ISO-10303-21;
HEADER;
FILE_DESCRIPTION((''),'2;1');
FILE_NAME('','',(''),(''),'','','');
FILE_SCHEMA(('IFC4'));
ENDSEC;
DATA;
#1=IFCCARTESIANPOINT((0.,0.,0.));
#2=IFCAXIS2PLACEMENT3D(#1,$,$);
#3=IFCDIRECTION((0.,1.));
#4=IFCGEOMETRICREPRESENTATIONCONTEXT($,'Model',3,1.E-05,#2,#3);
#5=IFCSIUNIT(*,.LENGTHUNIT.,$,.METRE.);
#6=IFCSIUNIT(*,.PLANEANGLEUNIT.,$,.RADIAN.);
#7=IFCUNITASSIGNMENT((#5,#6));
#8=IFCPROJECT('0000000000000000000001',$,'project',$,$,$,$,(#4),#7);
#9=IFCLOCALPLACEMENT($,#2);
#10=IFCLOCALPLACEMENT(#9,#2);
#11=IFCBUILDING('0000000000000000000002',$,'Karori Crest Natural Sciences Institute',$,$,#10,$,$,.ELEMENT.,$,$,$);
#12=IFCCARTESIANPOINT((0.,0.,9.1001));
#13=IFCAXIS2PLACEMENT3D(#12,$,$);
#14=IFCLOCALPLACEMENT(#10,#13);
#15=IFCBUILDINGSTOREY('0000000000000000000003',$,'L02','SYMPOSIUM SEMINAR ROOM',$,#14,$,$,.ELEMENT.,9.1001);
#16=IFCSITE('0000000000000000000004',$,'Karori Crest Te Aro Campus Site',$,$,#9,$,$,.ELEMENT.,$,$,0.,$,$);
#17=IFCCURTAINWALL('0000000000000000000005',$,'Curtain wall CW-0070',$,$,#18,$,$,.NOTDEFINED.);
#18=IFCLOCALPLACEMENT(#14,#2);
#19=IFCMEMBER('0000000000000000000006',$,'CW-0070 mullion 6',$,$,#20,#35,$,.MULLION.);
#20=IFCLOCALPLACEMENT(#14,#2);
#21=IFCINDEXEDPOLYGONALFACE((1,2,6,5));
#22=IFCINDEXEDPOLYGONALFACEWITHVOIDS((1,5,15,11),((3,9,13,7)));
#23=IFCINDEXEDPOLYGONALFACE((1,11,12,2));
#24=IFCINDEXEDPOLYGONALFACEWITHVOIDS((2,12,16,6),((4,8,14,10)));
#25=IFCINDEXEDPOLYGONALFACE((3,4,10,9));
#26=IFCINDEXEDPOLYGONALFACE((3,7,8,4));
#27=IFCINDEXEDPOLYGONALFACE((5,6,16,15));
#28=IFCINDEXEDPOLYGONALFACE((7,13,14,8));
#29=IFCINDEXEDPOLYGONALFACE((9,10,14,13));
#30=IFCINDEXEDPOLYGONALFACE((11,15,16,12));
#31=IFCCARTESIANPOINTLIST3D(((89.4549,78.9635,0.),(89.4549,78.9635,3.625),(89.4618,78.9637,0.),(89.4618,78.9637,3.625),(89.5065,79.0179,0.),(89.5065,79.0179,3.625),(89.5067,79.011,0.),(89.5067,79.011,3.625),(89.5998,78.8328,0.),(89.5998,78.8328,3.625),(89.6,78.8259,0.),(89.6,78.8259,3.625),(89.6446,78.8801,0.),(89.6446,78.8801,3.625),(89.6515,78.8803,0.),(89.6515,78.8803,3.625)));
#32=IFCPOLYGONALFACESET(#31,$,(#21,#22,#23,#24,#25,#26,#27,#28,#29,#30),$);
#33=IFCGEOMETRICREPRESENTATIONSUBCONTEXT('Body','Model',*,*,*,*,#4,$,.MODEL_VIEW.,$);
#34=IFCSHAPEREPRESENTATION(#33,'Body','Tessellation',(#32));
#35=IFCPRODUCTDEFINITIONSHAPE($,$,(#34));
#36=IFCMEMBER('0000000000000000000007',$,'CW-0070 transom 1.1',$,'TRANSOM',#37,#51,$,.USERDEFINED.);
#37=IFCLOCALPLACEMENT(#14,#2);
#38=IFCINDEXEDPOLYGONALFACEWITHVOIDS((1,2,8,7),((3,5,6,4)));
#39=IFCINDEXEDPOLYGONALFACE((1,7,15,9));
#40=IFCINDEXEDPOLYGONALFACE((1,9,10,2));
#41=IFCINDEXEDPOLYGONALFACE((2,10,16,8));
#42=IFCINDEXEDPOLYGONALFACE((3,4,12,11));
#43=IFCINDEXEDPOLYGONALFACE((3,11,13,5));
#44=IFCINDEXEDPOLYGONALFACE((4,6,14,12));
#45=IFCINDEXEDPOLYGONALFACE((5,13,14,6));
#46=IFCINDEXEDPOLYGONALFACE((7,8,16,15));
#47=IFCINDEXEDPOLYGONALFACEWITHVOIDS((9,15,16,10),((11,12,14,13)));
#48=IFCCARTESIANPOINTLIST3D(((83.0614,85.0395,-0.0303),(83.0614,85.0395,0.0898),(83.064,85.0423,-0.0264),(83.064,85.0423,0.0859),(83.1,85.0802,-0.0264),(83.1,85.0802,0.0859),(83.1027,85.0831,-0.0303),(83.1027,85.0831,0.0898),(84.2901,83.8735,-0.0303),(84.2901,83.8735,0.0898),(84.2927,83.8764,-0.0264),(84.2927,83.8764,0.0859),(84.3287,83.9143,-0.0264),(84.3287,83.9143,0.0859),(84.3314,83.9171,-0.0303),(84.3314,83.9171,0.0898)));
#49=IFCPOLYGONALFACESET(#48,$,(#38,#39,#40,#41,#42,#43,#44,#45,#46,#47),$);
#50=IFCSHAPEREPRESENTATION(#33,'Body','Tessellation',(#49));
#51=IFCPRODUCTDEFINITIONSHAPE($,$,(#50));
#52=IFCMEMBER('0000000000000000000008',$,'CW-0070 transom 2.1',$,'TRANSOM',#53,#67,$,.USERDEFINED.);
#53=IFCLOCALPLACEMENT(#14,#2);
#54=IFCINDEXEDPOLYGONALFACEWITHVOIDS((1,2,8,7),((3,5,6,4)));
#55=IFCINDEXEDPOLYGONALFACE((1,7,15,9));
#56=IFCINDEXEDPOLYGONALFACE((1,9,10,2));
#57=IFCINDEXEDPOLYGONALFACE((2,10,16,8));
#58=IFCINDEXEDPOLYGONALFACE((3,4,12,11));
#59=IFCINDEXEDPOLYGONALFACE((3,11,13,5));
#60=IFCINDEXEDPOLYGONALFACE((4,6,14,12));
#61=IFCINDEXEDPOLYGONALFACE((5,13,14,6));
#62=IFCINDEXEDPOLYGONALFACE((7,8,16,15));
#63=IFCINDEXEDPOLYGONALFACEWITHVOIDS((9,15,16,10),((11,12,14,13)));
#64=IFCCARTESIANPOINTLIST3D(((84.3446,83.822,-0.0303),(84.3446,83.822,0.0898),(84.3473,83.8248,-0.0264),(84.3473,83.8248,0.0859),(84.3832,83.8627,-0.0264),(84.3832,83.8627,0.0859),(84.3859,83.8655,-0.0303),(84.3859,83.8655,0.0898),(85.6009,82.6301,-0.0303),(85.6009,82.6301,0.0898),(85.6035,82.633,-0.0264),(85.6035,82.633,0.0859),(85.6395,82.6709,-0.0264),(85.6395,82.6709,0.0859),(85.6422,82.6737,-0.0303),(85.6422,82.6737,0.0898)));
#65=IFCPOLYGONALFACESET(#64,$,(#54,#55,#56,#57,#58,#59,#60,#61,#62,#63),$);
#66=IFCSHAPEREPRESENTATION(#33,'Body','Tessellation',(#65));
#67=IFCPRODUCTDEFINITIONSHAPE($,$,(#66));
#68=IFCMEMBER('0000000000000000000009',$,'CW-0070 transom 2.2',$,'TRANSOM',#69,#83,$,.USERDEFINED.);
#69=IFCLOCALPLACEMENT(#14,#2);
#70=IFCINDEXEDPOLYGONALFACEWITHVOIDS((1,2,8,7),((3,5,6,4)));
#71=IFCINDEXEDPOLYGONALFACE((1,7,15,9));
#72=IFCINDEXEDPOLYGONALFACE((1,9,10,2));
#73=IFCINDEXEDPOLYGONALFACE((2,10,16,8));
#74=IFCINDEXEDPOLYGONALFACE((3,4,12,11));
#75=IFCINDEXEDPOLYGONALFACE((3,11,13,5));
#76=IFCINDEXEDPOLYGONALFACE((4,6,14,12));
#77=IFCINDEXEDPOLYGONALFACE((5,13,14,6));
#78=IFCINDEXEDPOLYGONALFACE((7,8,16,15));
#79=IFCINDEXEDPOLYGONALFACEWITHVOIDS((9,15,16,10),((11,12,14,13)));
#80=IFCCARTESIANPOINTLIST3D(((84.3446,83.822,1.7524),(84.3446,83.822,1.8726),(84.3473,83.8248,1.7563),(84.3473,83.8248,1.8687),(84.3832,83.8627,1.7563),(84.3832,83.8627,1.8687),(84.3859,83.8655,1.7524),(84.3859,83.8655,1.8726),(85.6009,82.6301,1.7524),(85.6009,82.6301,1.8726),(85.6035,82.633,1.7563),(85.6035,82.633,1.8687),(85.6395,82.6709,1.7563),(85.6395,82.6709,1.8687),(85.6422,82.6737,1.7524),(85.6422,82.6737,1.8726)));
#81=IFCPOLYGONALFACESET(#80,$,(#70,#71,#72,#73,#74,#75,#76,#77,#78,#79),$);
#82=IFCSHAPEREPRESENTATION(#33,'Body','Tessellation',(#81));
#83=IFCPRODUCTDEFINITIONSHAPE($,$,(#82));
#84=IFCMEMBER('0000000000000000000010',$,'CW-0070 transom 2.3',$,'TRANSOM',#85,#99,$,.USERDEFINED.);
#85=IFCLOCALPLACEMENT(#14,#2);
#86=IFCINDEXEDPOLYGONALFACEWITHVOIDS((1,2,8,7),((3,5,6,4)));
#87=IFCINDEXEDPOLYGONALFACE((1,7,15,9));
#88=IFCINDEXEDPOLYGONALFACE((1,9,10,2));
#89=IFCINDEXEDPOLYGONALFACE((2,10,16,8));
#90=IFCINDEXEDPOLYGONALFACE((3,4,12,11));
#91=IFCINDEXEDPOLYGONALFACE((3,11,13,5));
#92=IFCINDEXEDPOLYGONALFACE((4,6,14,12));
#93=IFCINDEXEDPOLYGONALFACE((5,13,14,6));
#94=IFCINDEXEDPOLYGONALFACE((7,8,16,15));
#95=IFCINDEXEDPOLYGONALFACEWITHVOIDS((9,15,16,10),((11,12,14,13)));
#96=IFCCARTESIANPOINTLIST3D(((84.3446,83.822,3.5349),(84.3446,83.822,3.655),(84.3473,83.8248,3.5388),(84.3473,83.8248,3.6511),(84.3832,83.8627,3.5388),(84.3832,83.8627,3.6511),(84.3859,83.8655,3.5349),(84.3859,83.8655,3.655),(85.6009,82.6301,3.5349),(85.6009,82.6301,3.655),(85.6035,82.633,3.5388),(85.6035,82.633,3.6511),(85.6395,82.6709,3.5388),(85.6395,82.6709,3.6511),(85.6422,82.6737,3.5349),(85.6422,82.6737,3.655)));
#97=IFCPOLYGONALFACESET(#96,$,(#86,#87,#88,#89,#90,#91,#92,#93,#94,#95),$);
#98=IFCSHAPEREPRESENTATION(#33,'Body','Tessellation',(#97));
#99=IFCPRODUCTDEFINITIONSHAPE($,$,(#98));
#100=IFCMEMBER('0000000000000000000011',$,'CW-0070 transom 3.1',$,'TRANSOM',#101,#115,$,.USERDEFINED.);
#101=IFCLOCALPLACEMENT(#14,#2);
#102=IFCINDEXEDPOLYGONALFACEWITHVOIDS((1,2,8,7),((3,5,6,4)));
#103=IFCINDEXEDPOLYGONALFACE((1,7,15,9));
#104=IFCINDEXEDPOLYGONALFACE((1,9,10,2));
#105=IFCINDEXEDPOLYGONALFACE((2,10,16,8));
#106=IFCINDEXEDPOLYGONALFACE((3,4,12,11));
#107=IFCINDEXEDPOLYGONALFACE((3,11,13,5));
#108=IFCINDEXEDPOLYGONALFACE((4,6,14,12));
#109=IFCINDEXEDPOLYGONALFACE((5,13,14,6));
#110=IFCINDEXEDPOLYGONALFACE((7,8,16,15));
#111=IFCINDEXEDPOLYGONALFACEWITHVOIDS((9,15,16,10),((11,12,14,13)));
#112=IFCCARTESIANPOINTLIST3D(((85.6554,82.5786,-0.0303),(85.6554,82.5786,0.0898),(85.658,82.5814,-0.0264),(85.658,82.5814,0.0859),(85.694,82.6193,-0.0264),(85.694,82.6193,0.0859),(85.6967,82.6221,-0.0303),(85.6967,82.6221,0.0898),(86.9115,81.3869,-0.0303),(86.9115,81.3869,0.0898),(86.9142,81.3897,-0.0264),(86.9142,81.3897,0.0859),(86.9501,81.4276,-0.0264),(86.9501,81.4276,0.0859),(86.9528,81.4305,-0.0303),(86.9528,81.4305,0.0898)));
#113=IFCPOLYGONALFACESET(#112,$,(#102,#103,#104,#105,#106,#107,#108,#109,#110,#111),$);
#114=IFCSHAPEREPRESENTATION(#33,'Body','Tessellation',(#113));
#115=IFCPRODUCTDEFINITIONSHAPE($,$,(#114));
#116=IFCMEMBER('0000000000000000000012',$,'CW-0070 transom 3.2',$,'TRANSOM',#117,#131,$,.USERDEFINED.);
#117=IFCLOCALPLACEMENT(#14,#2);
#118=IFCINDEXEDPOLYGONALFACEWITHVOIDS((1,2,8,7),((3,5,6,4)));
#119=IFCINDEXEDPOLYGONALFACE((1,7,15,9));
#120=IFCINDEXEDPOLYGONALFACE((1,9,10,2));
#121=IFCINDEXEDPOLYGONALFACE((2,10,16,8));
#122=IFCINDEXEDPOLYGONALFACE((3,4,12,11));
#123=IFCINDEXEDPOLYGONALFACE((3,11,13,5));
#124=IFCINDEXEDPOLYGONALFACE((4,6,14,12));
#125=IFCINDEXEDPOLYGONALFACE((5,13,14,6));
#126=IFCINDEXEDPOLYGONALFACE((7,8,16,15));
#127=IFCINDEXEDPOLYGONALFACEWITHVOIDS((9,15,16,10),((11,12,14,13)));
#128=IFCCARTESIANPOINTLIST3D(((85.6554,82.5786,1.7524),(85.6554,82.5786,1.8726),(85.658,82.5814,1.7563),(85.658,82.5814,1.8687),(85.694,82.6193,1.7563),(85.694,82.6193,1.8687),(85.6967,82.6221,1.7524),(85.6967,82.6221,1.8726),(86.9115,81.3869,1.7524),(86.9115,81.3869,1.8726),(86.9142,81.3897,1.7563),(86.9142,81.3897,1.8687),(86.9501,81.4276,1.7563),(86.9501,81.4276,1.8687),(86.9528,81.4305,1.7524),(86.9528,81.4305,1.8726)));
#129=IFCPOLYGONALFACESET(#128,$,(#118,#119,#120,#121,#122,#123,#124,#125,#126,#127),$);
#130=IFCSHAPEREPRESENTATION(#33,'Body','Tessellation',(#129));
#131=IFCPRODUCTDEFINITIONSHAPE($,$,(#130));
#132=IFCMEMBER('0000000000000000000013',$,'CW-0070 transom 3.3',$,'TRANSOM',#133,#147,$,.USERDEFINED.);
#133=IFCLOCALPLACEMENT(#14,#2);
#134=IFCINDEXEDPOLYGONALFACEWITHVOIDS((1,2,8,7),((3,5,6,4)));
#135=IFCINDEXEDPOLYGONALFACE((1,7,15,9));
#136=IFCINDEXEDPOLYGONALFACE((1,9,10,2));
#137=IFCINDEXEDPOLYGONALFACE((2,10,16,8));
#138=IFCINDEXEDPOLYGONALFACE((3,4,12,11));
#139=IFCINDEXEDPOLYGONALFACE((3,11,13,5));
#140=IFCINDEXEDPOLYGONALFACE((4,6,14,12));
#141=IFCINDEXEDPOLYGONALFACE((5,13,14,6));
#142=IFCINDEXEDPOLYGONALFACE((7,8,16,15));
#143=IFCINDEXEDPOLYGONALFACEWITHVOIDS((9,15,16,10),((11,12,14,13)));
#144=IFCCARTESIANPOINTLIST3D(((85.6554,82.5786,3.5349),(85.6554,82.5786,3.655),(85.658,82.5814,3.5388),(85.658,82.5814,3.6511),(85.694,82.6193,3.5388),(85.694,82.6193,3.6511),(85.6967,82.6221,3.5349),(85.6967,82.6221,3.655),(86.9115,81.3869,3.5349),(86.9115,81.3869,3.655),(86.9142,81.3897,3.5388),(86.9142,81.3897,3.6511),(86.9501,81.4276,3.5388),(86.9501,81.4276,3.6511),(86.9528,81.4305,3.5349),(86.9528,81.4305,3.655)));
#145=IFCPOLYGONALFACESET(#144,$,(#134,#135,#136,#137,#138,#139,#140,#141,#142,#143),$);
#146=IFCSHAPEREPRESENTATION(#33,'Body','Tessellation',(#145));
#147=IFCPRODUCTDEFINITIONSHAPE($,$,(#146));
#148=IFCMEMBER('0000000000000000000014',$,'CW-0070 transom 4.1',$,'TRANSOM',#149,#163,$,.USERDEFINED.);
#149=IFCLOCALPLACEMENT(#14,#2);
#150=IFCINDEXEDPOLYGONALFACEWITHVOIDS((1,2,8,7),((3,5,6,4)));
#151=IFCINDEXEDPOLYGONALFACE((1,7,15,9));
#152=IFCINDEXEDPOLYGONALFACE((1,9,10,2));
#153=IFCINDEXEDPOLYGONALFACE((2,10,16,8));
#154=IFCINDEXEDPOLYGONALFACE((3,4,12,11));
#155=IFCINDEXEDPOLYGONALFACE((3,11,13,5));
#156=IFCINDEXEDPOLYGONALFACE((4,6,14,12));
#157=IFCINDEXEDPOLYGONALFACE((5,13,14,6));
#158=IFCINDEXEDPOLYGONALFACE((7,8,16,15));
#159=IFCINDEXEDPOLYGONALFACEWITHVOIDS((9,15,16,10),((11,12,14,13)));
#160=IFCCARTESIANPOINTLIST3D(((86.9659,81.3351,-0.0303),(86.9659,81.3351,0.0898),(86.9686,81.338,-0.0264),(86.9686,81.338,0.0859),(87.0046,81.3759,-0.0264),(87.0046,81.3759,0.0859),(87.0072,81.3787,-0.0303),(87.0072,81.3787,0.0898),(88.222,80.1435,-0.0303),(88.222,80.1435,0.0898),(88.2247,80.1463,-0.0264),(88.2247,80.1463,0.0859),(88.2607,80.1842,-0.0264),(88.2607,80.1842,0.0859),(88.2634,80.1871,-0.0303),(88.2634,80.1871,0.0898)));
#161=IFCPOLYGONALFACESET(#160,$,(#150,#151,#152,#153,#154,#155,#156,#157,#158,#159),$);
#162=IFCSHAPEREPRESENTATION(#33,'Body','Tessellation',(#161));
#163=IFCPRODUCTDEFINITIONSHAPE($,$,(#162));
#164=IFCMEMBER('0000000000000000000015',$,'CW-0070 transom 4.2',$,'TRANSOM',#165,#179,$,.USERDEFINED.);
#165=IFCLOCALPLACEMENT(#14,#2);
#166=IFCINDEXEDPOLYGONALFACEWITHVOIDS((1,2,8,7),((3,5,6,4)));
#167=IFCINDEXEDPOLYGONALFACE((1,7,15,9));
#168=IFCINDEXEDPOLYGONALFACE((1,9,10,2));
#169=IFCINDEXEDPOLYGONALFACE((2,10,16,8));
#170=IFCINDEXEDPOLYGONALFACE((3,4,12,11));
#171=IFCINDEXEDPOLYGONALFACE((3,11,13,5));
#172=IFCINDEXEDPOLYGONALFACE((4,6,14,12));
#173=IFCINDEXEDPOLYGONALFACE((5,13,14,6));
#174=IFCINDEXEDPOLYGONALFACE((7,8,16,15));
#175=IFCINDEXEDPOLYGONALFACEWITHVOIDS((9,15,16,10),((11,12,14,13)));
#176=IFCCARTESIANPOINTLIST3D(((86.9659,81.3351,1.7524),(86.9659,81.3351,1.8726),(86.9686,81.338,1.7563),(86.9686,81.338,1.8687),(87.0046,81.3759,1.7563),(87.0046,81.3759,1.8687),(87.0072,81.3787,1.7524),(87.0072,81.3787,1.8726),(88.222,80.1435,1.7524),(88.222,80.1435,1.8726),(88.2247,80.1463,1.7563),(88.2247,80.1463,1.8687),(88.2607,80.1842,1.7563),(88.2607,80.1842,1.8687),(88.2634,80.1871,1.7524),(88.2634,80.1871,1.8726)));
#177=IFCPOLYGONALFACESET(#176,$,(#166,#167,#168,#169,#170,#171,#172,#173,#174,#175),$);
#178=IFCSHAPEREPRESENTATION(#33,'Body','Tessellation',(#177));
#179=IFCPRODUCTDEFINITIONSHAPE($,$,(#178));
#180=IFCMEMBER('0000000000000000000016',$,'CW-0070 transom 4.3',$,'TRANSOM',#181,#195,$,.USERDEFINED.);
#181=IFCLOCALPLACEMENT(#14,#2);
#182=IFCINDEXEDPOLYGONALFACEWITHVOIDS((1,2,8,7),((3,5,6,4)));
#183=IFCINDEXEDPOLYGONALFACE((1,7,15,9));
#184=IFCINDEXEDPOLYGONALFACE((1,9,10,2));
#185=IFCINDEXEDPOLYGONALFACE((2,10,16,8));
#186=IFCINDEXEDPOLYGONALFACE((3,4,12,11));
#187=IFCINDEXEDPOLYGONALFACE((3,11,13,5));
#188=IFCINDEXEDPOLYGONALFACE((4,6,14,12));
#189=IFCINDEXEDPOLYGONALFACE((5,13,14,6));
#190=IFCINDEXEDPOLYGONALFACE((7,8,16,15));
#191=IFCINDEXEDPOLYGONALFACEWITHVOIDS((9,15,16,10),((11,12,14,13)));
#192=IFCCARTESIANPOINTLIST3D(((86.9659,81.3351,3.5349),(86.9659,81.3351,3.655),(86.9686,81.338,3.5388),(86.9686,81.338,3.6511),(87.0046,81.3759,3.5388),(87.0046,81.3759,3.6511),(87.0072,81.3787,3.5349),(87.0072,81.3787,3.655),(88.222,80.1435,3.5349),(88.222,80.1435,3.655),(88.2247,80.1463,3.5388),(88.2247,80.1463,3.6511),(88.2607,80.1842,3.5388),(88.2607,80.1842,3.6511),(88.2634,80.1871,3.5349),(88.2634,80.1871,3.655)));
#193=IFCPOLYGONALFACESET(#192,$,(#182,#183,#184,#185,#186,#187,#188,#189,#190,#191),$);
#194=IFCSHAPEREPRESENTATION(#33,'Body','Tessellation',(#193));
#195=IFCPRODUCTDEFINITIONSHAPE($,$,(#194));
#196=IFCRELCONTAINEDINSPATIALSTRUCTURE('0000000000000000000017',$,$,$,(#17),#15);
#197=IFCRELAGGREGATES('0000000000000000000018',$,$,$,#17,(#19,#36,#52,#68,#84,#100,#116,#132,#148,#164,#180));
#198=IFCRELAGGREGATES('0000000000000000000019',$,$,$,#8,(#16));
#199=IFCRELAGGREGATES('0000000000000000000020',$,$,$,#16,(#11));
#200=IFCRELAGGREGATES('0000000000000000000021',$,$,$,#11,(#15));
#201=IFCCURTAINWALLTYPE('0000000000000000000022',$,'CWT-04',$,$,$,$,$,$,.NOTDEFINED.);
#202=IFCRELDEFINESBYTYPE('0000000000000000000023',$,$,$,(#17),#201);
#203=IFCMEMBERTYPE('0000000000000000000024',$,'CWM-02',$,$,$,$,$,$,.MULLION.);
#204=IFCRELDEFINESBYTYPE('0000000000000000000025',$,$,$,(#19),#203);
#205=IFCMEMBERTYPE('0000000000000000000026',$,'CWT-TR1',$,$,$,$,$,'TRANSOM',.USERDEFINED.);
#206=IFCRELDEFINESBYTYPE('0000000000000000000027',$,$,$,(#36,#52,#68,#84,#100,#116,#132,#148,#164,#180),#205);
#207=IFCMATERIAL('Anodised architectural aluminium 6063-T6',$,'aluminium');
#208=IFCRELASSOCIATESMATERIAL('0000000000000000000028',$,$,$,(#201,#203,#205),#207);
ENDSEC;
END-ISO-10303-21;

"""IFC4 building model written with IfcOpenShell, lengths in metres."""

from ifc_helpers import new_model, si_unit, direction, frame, origin, origin_2d, place, context, subcontext, project, spatial, hollow_rectangle, extrude, material, material_profile, profile_set, type_object, element, aggregate, save


model = new_model("IFC4")

# Units and contexts
model_context = context("Model", 3, precision=1e-05, world=origin(), true_north=direction((0.0, 1.0)))
body_context = subcontext(model_context, "Body", "Model", "MODEL_VIEW")
ifc_project = project(units=[si_unit("LENGTHUNIT", "METRE"), si_unit("PLANEANGLEUNIT", "RADIAN")], contexts=[model_context])

# Site, building, storey
site_placement = place(None, origin())
site = spatial("IfcSite", under=ifc_project, at=site_placement, Name="Karori Crest Te Aro Campus Site", CompositionType="ELEMENT", RefElevation=0.0)
building_placement = place(site_placement, origin())
building = spatial("IfcBuilding", under=site, at=building_placement, Name="Karori Crest Natural Sciences Institute", CompositionType="ELEMENT")
storey_placement = place(building_placement, frame((0.0, 0.0, 9.1001)))
storey = spatial("IfcBuildingStorey", under=building, at=storey_placement, Name="L02", Description="SYMPOSIUM SEMINAR ROOM", CompositionType="ELEMENT", Elevation=9.1001)

# Curtain wall, members
ifc_material_1 = material(Name="Anodised architectural aluminium 6063-T6", Category="aluminium")
curtain_wall_type = type_object("IfcCurtainWallType", Name="CWT-04", PredefinedType="NOTDEFINED", material=ifc_material_1)
curtain_wall_placement = place(storey_placement, origin())
curtain_wall = element("IfcCurtainWall", 1, at=curtain_wall_placement, inside=storey, type_object=curtain_wall_type, Name="Curtain wall CW-0070", PredefinedType="NOTDEFINED")
ifc_material_profile_1 = material_profile(ifc_material_1, hollow_rectangle(XDim=0.075, YDim=0.2, WallThickness=0.0049, at=origin_2d()), Name="CWM200x75x5")
ifc_profile_set_1 = profile_set([ifc_material_profile_1], Name="Anodised architectural aluminium 6063-T6")
member_type_1 = type_object("IfcMemberType", Name="CWM-02", PredefinedType="MULLION", material=ifc_profile_set_1)
member_1_placement = place(storey_placement, frame((89.5532, 78.9219, 0.0), z_axis=(0.0, 0.0, 1.0), x_axis=(0.688246, 0.725477, 0.0)))
member_1 = element("IfcMember", 2, at=member_1_placement, type_object=member_type_1, Name="CW-0070 mullion 6", PredefinedType="MULLION", context=body_context, shape_type="SweptSolid", body=[
    extrude(hollow_rectangle(XDim=0.075, YDim=0.2, WallThickness=0.0049, at=origin_2d()), origin(), (0.0, 0.0, 1.0), 3.625),
])
ifc_material_profile_2 = material_profile(ifc_material_1, hollow_rectangle(XDim=0.0601, YDim=0.1201, WallThickness=0.0039, at=origin_2d()), Name="CWT120x60x4")
ifc_profile_set_2 = profile_set([ifc_material_profile_2], Name="Anodised architectural aluminium 6063-T6")
member_type_2 = type_object("IfcMemberType", Name="CWT-TR1", ElementType="TRANSOM", PredefinedType="USERDEFINED", material=ifc_profile_set_2)
member_2_placement = place(storey_placement, frame((83.082, 85.0613, 0.0298), z_axis=(0.725384, -0.688344, 0.0), x_axis=(0.688344, 0.725384, 0.0)))
member_2 = element("IfcMember", 3, at=member_2_placement, type_object=member_type_2, Name="CW-0070 transom 1.1", ObjectType="TRANSOM", PredefinedType="USERDEFINED", context=body_context, shape_type="SweptSolid", body=[
    extrude(hollow_rectangle(XDim=0.0601, YDim=0.1201, WallThickness=0.0039, at=origin_2d()), origin(), (0.0, 0.0, 1.0), 1.6938),
])
member_3_placement = place(storey_placement, frame((84.3652, 83.8438, 0.0298), z_axis=(0.725471, -0.688253, 0.0), x_axis=(0.688253, 0.725471, 0.0)))
member_3 = element("IfcMember", 4, at=member_3_placement, type_object=member_type_2, Name="CW-0070 transom 2.1", ObjectType="TRANSOM", PredefinedType="USERDEFINED", context=body_context, shape_type="SweptSolid", body=[
    extrude(hollow_rectangle(XDim=0.0601, YDim=0.1201, WallThickness=0.0039, at=origin_2d()), origin(), (0.0, 0.0, 1.0), 1.7317),
])
member_4_placement = place(storey_placement, frame((84.3652, 83.8438, 1.8125), z_axis=(0.725471, -0.688253, 0.0), x_axis=(0.688253, 0.725471, 0.0)))
member_4 = element("IfcMember", 5, at=member_4_placement, type_object=member_type_2, Name="CW-0070 transom 2.2", ObjectType="TRANSOM", PredefinedType="USERDEFINED", context=body_context, shape_type="SweptSolid", body=[
    extrude(hollow_rectangle(XDim=0.0601, YDim=0.1201, WallThickness=0.0039, at=origin_2d()), origin(), (0.0, 0.0, 1.0), 1.7317),
])
member_5_placement = place(storey_placement, frame((84.3652, 83.8438, 3.595), z_axis=(0.725471, -0.688253, 0.0), x_axis=(0.688253, 0.725471, 0.0)))
member_5 = element("IfcMember", 6, at=member_5_placement, type_object=member_type_2, Name="CW-0070 transom 2.3", ObjectType="TRANSOM", PredefinedType="USERDEFINED", context=body_context, shape_type="SweptSolid", body=[
    extrude(hollow_rectangle(XDim=0.0601, YDim=0.1201, WallThickness=0.0039, at=origin_2d()), origin(), (0.0, 0.0, 1.0), 1.7317),
])
member_6_placement = place(storey_placement, frame((85.676, 82.6003, 0.0298), z_axis=(0.725475, -0.688249, 0.0), x_axis=(0.688249, 0.725475, 0.0)))
member_6 = element("IfcMember", 7, at=member_6_placement, type_object=member_type_2, Name="CW-0070 transom 3.1", ObjectType="TRANSOM", PredefinedType="USERDEFINED", context=body_context, shape_type="SweptSolid", body=[
    extrude(hollow_rectangle(XDim=0.0601, YDim=0.1201, WallThickness=0.0039, at=origin_2d()), origin(), (0.0, 0.0, 1.0), 1.7314),
])
member_7_placement = place(storey_placement, frame((85.676, 82.6003, 1.8125), z_axis=(0.725475, -0.688249, 0.0), x_axis=(0.688249, 0.725475, 0.0)))
member_7 = element("IfcMember", 8, at=member_7_placement, type_object=member_type_2, Name="CW-0070 transom 3.2", ObjectType="TRANSOM", PredefinedType="USERDEFINED", context=body_context, shape_type="SweptSolid", body=[
    extrude(hollow_rectangle(XDim=0.0601, YDim=0.1201, WallThickness=0.0039, at=origin_2d()), origin(), (0.0, 0.0, 1.0), 1.7314),
])
member_8_placement = place(storey_placement, frame((85.676, 82.6003, 3.595), z_axis=(0.725475, -0.688249, 0.0), x_axis=(0.688249, 0.725475, 0.0)))
member_8 = element("IfcMember", 9, at=member_8_placement, type_object=member_type_2, Name="CW-0070 transom 3.3", ObjectType="TRANSOM", PredefinedType="USERDEFINED", context=body_context, shape_type="SweptSolid", body=[
    extrude(hollow_rectangle(XDim=0.0601, YDim=0.1201, WallThickness=0.0039, at=origin_2d()), origin(), (0.0, 0.0, 1.0), 1.7314),
])
member_9_placement = place(storey_placement, frame((86.9866, 81.3569, 0.0298), z_axis=(0.725475, -0.688249, 0.0), x_axis=(0.688249, 0.725475, 0.0)))
member_9 = element("IfcMember", 10, at=member_9_placement, type_object=member_type_2, Name="CW-0070 transom 4.1", ObjectType="TRANSOM", PredefinedType="USERDEFINED", context=body_context, shape_type="SweptSolid", body=[
    extrude(hollow_rectangle(XDim=0.0601, YDim=0.1201, WallThickness=0.0039, at=origin_2d()), origin(), (0.0, 0.0, 1.0), 1.7314),
])
member_10_placement = place(storey_placement, frame((86.9866, 81.3569, 1.8125), z_axis=(0.725475, -0.688249, 0.0), x_axis=(0.688249, 0.725475, 0.0)))
member_10 = element("IfcMember", 11, at=member_10_placement, type_object=member_type_2, Name="CW-0070 transom 4.2", ObjectType="TRANSOM", PredefinedType="USERDEFINED", context=body_context, shape_type="SweptSolid", body=[
    extrude(hollow_rectangle(XDim=0.0601, YDim=0.1201, WallThickness=0.0039, at=origin_2d()), origin(), (0.0, 0.0, 1.0), 1.7314),
])
member_11_placement = place(storey_placement, frame((86.9866, 81.3569, 3.595), z_axis=(0.725475, -0.688249, 0.0), x_axis=(0.688249, 0.725475, 0.0)))
member_11 = element("IfcMember", 12, at=member_11_placement, type_object=member_type_2, Name="CW-0070 transom 4.3", ObjectType="TRANSOM", PredefinedType="USERDEFINED", context=body_context, shape_type="SweptSolid", body=[
    extrude(hollow_rectangle(XDim=0.0601, YDim=0.1201, WallThickness=0.0039, at=origin_2d()), origin(), (0.0, 0.0, 1.0), 1.7314),
])
aggregate(curtain_wall, [member_1, member_2, member_3, member_4, member_5, member_6, member_7, member_8, member_9, member_10, member_11])

save(model, "model.ifc")
